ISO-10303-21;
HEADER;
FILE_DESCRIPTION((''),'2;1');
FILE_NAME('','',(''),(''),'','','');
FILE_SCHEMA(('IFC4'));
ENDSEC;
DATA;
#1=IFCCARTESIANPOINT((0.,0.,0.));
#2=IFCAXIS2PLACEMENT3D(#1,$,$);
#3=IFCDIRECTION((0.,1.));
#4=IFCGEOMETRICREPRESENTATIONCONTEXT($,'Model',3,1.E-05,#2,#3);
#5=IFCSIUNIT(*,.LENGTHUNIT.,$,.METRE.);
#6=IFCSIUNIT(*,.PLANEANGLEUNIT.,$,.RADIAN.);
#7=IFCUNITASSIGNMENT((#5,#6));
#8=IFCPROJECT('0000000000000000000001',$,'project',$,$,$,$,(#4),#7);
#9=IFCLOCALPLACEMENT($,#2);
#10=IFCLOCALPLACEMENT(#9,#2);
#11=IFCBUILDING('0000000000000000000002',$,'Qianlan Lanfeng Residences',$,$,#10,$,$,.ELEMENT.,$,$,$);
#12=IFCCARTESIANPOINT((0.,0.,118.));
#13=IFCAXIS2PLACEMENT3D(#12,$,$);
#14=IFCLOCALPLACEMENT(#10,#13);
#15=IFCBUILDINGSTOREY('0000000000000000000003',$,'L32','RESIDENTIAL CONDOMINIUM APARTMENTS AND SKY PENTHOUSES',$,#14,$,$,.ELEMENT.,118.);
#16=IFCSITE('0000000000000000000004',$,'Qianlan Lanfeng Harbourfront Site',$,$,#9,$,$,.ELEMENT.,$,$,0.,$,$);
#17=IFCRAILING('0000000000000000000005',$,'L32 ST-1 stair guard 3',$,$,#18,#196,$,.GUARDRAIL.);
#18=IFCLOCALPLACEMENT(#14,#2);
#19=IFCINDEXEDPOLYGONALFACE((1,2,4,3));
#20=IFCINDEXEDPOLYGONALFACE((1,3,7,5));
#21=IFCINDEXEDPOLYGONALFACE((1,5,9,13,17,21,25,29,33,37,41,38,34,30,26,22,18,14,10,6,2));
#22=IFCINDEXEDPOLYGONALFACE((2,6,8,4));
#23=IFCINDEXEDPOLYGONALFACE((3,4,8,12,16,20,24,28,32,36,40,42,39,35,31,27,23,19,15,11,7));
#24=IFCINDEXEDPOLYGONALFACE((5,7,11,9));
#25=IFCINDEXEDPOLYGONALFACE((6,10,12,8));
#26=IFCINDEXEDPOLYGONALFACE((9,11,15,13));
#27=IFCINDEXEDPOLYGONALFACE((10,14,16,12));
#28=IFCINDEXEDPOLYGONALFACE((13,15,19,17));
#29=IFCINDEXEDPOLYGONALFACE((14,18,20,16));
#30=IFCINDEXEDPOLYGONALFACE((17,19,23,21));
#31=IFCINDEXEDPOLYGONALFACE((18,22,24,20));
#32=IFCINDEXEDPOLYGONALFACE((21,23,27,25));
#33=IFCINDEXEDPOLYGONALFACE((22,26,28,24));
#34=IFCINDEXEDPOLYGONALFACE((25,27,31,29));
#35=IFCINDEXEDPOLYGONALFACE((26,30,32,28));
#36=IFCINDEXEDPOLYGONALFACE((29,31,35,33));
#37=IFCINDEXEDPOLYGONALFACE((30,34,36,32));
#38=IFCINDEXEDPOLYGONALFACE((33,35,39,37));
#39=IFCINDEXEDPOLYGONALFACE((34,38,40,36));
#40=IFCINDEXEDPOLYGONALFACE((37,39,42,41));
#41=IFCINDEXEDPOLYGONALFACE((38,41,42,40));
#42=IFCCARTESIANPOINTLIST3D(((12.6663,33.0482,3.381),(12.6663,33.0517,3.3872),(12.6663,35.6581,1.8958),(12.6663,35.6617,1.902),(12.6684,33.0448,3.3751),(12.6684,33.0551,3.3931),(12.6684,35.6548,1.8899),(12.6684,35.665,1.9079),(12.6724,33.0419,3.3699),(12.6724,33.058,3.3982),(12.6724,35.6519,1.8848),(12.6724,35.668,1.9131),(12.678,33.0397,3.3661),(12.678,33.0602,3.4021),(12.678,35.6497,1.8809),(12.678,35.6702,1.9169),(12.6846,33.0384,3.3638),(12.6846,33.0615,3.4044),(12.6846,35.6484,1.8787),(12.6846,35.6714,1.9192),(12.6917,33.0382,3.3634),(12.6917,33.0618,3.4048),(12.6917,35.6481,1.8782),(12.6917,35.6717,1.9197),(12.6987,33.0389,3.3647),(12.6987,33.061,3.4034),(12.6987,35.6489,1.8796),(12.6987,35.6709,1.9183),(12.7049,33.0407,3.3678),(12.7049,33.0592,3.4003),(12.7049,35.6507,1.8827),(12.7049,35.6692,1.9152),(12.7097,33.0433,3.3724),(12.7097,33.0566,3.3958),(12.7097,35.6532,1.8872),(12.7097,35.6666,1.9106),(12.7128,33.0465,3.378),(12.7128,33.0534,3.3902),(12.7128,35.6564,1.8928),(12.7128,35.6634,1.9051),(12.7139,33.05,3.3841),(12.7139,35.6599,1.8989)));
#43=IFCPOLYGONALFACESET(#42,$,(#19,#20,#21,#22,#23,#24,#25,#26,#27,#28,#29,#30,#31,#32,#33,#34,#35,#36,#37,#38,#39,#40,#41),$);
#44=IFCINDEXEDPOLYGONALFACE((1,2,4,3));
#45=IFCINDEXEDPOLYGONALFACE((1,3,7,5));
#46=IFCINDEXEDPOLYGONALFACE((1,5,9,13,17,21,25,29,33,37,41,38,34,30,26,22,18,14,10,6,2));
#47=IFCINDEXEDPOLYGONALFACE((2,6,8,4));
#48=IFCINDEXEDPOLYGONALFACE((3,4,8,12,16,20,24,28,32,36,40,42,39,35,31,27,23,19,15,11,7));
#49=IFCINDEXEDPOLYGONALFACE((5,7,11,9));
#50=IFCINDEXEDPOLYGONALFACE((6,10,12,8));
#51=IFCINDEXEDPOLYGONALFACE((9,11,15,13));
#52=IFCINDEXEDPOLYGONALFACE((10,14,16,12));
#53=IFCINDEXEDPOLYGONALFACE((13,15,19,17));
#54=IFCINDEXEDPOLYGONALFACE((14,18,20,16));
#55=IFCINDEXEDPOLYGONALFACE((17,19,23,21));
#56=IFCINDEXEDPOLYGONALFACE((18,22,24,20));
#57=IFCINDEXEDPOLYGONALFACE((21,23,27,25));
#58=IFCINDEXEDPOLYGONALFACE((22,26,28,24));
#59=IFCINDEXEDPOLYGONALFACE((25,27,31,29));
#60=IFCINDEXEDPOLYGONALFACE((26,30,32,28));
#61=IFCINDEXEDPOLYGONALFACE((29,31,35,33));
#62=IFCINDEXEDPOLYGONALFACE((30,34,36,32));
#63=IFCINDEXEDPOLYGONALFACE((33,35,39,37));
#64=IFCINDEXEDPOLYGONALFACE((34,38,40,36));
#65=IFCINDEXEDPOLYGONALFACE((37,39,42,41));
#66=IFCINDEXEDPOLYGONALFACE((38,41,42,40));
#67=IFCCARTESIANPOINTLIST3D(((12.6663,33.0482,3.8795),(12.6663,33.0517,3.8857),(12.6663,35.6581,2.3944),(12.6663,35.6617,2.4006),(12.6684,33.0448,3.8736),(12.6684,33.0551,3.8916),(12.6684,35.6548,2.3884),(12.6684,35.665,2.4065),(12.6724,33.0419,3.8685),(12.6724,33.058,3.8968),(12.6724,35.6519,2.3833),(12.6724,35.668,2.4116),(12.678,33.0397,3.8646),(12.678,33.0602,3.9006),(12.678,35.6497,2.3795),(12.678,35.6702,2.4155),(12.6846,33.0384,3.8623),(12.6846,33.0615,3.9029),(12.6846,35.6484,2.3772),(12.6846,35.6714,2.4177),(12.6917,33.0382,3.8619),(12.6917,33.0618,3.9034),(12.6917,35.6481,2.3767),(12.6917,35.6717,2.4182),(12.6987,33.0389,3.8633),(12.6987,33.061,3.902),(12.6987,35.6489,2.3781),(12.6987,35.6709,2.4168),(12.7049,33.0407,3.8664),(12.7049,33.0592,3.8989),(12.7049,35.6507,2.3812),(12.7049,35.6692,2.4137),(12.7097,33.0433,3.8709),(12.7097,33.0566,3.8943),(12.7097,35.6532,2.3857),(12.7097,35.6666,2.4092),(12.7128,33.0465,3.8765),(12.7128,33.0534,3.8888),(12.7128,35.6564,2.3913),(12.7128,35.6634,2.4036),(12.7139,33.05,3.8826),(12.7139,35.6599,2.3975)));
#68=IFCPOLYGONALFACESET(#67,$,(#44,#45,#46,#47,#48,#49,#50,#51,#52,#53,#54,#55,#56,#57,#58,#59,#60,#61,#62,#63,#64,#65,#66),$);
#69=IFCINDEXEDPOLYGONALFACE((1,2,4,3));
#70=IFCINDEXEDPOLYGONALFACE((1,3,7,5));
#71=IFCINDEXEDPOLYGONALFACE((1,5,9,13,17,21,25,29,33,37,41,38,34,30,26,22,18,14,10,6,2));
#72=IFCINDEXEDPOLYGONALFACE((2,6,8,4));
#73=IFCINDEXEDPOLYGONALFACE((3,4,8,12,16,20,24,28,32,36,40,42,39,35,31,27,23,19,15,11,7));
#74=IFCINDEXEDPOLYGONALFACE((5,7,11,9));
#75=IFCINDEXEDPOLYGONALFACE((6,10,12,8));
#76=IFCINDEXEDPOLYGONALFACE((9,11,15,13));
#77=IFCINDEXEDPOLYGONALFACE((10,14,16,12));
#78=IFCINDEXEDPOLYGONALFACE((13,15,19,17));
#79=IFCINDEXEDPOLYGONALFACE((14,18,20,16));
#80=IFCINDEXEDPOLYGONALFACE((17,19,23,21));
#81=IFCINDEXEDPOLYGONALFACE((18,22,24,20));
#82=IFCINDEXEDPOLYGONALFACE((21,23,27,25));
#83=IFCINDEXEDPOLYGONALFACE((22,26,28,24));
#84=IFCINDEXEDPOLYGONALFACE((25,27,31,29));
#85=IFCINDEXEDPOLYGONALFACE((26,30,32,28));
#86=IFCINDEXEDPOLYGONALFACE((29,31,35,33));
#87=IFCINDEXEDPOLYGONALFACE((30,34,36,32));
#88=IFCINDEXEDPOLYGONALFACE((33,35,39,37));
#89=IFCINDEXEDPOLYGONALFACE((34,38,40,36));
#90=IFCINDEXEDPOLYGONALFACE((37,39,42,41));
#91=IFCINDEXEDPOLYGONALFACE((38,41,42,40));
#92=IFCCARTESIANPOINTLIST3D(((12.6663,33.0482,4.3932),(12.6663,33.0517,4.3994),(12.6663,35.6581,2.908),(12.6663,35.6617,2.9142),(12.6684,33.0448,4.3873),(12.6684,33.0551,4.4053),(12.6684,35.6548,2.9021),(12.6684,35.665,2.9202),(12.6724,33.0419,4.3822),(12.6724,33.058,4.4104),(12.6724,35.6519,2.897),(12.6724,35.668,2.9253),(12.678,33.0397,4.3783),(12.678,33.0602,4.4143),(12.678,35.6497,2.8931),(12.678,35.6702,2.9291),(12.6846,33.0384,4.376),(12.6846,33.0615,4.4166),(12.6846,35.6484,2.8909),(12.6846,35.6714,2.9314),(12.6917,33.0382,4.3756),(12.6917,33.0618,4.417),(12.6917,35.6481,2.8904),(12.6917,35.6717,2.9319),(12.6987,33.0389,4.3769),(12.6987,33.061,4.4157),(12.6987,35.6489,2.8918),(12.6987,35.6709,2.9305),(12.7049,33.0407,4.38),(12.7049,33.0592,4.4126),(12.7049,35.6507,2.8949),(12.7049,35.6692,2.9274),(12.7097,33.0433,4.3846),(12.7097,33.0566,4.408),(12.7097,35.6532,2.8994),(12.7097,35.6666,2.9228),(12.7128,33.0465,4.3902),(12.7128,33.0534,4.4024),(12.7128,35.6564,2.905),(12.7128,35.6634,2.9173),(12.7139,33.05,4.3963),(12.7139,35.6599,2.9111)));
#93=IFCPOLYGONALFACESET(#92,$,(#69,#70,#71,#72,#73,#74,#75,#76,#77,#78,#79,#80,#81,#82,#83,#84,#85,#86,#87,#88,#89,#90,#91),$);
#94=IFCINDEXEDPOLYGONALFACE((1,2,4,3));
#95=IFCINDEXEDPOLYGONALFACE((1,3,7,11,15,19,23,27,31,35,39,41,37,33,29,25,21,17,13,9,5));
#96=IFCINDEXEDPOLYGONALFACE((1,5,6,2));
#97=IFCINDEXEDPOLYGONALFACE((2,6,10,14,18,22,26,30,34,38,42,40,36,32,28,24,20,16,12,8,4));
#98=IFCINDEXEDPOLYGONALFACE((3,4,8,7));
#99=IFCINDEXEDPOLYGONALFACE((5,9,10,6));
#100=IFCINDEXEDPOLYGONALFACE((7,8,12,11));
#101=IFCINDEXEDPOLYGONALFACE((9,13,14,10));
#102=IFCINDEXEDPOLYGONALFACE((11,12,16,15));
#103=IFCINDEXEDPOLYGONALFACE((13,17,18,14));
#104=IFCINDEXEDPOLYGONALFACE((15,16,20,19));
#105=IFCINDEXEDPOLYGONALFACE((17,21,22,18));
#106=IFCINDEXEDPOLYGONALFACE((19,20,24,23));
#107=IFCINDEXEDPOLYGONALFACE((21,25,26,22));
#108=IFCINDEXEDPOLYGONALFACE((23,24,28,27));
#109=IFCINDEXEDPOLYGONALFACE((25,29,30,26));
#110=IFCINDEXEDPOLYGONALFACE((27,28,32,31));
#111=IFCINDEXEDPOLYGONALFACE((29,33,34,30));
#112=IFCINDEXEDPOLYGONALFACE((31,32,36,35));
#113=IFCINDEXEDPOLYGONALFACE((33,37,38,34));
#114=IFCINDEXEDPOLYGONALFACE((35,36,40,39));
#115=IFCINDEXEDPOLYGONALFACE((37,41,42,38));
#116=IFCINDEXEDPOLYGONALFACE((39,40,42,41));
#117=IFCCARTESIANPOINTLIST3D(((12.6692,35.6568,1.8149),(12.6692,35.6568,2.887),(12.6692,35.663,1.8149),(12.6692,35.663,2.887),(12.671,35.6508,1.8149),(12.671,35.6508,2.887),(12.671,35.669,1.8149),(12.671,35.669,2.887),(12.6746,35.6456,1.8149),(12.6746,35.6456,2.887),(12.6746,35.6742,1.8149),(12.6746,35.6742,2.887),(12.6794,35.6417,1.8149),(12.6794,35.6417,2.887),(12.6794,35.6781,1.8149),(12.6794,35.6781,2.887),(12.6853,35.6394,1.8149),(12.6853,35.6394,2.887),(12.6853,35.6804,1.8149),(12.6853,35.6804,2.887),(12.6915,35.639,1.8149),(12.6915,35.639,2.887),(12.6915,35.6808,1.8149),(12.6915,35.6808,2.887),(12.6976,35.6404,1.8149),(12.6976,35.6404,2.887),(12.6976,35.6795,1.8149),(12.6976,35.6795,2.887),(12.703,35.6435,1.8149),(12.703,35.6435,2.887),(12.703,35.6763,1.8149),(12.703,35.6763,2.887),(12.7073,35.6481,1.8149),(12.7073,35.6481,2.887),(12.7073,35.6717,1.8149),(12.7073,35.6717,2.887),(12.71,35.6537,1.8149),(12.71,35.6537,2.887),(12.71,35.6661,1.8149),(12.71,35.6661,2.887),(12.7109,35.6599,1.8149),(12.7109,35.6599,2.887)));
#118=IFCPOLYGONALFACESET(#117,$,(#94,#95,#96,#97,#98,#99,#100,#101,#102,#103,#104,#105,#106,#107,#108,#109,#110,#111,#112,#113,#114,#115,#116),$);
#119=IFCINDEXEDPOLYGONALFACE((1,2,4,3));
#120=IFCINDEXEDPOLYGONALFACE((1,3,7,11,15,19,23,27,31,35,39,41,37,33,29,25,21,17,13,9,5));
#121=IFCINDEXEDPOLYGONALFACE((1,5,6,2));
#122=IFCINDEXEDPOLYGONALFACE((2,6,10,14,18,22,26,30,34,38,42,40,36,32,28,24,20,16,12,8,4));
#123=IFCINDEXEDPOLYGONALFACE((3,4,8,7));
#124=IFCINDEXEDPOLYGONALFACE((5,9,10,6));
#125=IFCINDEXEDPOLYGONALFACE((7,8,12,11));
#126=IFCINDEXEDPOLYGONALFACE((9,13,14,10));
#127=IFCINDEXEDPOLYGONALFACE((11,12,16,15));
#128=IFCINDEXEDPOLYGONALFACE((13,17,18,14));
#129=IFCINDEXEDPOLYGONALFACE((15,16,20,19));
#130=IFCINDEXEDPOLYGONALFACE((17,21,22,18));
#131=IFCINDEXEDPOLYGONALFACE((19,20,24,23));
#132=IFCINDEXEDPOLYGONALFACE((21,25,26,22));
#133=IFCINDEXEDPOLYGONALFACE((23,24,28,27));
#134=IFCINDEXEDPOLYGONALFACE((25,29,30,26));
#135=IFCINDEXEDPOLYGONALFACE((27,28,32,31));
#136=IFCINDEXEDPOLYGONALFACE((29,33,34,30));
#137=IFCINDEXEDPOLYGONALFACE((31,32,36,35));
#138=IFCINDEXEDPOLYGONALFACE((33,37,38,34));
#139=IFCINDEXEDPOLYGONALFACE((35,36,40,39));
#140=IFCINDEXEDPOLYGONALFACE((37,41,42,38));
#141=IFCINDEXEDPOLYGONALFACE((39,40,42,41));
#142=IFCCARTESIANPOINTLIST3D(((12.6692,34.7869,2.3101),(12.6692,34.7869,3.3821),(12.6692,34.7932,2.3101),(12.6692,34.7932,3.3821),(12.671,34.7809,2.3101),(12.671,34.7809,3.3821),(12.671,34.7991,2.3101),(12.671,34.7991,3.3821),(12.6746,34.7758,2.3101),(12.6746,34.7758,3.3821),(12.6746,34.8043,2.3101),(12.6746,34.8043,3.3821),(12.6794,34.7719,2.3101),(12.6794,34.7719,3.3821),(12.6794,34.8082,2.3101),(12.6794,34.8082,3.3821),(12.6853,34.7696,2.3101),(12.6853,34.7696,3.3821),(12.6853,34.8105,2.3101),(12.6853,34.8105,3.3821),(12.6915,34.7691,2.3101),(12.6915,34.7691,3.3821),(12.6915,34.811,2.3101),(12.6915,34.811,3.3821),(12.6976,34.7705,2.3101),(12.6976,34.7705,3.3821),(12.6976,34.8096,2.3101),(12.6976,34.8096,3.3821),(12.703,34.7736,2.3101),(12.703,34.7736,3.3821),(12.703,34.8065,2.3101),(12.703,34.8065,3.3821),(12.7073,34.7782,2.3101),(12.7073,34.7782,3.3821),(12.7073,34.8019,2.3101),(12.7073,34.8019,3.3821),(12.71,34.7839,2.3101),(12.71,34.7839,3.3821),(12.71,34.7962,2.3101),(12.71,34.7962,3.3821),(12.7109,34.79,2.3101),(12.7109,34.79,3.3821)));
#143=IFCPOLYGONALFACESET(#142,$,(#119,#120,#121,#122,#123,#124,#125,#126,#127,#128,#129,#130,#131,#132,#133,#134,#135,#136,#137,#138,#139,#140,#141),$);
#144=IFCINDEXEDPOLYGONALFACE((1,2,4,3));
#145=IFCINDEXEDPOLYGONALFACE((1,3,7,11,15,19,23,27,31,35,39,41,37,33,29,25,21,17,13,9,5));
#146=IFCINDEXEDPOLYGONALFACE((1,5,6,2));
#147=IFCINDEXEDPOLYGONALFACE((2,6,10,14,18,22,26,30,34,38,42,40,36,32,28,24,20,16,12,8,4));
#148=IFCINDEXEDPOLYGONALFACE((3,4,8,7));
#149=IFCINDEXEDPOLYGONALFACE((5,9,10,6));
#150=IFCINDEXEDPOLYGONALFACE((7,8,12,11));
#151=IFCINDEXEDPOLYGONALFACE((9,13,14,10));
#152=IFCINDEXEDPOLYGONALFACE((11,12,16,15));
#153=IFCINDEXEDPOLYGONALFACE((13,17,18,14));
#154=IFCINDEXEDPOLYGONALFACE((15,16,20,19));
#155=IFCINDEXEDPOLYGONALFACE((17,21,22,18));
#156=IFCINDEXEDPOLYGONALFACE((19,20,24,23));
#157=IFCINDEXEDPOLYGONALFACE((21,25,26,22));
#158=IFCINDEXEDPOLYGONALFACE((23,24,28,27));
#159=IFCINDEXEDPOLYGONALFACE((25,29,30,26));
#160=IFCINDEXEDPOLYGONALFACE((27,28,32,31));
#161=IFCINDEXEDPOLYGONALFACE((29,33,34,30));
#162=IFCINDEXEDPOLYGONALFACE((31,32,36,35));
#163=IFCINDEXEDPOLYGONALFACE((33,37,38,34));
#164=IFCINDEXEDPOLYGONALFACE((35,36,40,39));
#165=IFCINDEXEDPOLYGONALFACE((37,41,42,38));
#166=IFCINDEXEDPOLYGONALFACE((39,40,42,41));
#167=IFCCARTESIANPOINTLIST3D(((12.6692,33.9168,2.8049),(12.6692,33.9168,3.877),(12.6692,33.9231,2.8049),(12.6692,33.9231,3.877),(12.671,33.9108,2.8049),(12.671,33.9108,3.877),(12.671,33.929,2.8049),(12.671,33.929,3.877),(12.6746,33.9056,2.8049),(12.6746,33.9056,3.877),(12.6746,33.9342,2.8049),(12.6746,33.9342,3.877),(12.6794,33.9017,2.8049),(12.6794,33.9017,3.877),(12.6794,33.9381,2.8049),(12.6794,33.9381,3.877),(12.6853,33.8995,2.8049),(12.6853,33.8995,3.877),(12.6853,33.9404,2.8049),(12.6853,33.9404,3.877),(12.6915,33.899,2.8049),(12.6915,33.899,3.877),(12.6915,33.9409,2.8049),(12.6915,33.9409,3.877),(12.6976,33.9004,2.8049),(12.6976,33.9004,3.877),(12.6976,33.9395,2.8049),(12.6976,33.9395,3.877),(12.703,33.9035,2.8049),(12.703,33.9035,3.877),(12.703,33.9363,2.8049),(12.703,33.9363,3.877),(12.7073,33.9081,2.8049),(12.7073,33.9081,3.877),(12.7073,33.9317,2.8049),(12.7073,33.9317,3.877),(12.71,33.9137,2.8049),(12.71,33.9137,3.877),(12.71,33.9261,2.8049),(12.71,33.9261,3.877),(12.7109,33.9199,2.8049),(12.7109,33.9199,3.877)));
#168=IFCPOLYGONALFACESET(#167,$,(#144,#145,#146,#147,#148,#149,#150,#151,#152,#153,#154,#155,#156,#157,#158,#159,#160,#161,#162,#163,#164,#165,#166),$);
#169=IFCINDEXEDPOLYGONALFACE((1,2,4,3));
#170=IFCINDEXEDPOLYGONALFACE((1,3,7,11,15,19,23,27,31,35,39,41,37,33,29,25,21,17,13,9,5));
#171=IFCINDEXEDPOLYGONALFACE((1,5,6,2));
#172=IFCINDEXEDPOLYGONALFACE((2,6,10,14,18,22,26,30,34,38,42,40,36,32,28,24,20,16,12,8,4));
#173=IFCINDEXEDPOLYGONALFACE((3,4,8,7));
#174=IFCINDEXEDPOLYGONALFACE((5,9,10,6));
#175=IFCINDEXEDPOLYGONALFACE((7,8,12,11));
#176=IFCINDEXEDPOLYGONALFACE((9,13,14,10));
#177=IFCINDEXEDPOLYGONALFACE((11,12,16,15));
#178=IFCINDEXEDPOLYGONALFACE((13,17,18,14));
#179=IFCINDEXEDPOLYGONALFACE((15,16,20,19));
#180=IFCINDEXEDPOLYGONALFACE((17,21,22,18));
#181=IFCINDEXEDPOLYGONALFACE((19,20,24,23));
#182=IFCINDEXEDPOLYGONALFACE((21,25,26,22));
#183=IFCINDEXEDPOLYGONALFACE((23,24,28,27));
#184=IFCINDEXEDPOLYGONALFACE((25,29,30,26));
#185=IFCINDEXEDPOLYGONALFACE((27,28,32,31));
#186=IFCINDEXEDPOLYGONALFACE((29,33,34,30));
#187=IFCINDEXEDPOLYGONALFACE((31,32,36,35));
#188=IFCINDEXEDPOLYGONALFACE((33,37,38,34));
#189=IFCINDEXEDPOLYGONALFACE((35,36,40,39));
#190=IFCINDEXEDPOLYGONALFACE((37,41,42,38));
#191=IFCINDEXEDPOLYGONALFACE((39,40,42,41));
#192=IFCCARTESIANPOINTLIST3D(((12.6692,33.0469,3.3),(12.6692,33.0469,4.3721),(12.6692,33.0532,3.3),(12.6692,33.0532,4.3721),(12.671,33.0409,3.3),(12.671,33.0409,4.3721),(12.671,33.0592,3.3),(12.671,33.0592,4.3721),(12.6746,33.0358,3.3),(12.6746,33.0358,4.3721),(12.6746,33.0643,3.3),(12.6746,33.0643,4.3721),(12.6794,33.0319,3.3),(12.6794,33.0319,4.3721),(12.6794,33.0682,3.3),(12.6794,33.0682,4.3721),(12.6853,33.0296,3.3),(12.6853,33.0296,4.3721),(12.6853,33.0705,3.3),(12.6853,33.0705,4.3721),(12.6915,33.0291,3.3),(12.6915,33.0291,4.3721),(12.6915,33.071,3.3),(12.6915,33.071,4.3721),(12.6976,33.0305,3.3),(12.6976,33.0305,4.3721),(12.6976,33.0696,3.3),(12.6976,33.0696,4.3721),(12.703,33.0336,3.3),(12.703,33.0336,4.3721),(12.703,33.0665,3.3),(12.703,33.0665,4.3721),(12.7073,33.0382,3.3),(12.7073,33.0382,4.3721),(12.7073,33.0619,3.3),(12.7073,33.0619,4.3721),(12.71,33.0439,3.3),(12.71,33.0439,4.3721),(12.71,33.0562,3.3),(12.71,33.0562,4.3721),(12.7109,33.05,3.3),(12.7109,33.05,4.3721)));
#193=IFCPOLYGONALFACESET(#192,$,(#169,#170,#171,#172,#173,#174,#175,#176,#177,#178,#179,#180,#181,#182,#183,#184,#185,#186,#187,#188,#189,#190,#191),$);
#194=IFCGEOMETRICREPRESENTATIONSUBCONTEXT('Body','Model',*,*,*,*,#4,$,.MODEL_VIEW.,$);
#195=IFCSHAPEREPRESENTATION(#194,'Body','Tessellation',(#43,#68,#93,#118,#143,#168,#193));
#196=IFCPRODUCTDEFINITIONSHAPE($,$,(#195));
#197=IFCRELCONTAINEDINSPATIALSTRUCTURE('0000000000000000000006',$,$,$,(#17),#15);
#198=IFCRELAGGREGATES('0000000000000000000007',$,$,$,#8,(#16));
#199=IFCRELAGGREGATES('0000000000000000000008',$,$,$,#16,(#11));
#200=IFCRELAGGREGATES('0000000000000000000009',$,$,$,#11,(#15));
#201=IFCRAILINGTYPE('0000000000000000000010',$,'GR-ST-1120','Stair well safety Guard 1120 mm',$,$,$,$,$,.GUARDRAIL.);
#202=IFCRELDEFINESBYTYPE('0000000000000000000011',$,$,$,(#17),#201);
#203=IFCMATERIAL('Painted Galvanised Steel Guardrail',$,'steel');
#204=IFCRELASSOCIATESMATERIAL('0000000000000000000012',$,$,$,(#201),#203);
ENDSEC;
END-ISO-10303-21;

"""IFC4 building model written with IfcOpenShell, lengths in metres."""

from ifc_helpers import new_model, si_unit, direction, frame, origin, origin_2d, place, context, subcontext, project, spatial, circle, extrude, material, type_object, element, save


model = new_model("IFC4")

# Units and contexts
model_context = context("Model", 3, precision=1e-05, world=origin(), true_north=direction((0.0, 1.0)))
body_context = subcontext(model_context, "Body", "Model", "MODEL_VIEW")
ifc_project = project(units=[si_unit("LENGTHUNIT", "METRE"), si_unit("PLANEANGLEUNIT", "RADIAN")], contexts=[model_context])

# Site, building, storey
site_placement = place(None, origin())
site = spatial("IfcSite", under=ifc_project, at=site_placement, Name="Qianlan Lanfeng Harbourfront Site", CompositionType="ELEMENT", RefElevation=0.0)
building_placement = place(site_placement, origin())
building = spatial("IfcBuilding", under=site, at=building_placement, Name="Qianlan Lanfeng Residences", CompositionType="ELEMENT")
storey_placement = place(building_placement, frame((0.0, 0.0, 118.0)))
storey = spatial("IfcBuildingStorey", under=building, at=storey_placement, Name="L32", Description="RESIDENTIAL CONDOMINIUM APARTMENTS AND SKY PENTHOUSES", CompositionType="ELEMENT", Elevation=118.0)

# Railing
ifc_material_1 = material(Name="Painted Galvanised Steel Guardrail", Category="steel")
railing_type_1 = type_object("IfcRailingType", Name="GR-ST-1120", Description="Stair well safety Guard 1120 mm", PredefinedType="GUARDRAIL", material=ifc_material_1)
railing_1_placement = place(storey_placement, frame((12.6899, 35.6599, 1.8149)))
element("IfcRailing", 1, at=railing_1_placement, inside=storey, type_object=railing_type_1, Name="L32 ST-1 stair guard 3", PredefinedType="GUARDRAIL", context=body_context, shape_type="SweptSolid", body=[
    extrude(circle(Radius=0.0239, at=origin_2d()), frame((0.0, 0.0, 0.084), z_axis=(0.0, -0.869137, 0.494571), x_axis=(1.0, 0.0, 0.0)), (0.0, 0.0, 1.0), 3.0029),
    extrude(circle(Radius=0.0239, at=origin_2d()), frame((0.0, 0.0, 0.5825), z_axis=(0.0, -0.869137, 0.494571), x_axis=(1.0, 0.0, 0.0)), (0.0, 0.0, 1.0), 3.0029),
    extrude(circle(Radius=0.0239, at=origin_2d()), frame((0.0, 0.0, 1.0962), z_axis=(0.0, -0.869137, 0.494571), x_axis=(1.0, 0.0, 0.0)), (0.0, 0.0, 1.0), 3.0029),
    extrude(circle(Radius=0.021, at=origin_2d()), origin(), (0.0, 0.0, 1.0), 1.072),
    extrude(circle(Radius=0.021, at=origin_2d()), frame((0.0, -0.8699, 0.4951)), (0.0, 0.0, 1.0), 1.072),
    extrude(circle(Radius=0.021, at=origin_2d()), frame((0.0, -1.74, 0.99)), (0.0, 0.0, 1.0), 1.072),
    extrude(circle(Radius=0.021, at=origin_2d()), frame((0.0, -2.6099, 1.4851)), (0.0, 0.0, 1.0), 1.072),
])

save(model, "model.ifc")
